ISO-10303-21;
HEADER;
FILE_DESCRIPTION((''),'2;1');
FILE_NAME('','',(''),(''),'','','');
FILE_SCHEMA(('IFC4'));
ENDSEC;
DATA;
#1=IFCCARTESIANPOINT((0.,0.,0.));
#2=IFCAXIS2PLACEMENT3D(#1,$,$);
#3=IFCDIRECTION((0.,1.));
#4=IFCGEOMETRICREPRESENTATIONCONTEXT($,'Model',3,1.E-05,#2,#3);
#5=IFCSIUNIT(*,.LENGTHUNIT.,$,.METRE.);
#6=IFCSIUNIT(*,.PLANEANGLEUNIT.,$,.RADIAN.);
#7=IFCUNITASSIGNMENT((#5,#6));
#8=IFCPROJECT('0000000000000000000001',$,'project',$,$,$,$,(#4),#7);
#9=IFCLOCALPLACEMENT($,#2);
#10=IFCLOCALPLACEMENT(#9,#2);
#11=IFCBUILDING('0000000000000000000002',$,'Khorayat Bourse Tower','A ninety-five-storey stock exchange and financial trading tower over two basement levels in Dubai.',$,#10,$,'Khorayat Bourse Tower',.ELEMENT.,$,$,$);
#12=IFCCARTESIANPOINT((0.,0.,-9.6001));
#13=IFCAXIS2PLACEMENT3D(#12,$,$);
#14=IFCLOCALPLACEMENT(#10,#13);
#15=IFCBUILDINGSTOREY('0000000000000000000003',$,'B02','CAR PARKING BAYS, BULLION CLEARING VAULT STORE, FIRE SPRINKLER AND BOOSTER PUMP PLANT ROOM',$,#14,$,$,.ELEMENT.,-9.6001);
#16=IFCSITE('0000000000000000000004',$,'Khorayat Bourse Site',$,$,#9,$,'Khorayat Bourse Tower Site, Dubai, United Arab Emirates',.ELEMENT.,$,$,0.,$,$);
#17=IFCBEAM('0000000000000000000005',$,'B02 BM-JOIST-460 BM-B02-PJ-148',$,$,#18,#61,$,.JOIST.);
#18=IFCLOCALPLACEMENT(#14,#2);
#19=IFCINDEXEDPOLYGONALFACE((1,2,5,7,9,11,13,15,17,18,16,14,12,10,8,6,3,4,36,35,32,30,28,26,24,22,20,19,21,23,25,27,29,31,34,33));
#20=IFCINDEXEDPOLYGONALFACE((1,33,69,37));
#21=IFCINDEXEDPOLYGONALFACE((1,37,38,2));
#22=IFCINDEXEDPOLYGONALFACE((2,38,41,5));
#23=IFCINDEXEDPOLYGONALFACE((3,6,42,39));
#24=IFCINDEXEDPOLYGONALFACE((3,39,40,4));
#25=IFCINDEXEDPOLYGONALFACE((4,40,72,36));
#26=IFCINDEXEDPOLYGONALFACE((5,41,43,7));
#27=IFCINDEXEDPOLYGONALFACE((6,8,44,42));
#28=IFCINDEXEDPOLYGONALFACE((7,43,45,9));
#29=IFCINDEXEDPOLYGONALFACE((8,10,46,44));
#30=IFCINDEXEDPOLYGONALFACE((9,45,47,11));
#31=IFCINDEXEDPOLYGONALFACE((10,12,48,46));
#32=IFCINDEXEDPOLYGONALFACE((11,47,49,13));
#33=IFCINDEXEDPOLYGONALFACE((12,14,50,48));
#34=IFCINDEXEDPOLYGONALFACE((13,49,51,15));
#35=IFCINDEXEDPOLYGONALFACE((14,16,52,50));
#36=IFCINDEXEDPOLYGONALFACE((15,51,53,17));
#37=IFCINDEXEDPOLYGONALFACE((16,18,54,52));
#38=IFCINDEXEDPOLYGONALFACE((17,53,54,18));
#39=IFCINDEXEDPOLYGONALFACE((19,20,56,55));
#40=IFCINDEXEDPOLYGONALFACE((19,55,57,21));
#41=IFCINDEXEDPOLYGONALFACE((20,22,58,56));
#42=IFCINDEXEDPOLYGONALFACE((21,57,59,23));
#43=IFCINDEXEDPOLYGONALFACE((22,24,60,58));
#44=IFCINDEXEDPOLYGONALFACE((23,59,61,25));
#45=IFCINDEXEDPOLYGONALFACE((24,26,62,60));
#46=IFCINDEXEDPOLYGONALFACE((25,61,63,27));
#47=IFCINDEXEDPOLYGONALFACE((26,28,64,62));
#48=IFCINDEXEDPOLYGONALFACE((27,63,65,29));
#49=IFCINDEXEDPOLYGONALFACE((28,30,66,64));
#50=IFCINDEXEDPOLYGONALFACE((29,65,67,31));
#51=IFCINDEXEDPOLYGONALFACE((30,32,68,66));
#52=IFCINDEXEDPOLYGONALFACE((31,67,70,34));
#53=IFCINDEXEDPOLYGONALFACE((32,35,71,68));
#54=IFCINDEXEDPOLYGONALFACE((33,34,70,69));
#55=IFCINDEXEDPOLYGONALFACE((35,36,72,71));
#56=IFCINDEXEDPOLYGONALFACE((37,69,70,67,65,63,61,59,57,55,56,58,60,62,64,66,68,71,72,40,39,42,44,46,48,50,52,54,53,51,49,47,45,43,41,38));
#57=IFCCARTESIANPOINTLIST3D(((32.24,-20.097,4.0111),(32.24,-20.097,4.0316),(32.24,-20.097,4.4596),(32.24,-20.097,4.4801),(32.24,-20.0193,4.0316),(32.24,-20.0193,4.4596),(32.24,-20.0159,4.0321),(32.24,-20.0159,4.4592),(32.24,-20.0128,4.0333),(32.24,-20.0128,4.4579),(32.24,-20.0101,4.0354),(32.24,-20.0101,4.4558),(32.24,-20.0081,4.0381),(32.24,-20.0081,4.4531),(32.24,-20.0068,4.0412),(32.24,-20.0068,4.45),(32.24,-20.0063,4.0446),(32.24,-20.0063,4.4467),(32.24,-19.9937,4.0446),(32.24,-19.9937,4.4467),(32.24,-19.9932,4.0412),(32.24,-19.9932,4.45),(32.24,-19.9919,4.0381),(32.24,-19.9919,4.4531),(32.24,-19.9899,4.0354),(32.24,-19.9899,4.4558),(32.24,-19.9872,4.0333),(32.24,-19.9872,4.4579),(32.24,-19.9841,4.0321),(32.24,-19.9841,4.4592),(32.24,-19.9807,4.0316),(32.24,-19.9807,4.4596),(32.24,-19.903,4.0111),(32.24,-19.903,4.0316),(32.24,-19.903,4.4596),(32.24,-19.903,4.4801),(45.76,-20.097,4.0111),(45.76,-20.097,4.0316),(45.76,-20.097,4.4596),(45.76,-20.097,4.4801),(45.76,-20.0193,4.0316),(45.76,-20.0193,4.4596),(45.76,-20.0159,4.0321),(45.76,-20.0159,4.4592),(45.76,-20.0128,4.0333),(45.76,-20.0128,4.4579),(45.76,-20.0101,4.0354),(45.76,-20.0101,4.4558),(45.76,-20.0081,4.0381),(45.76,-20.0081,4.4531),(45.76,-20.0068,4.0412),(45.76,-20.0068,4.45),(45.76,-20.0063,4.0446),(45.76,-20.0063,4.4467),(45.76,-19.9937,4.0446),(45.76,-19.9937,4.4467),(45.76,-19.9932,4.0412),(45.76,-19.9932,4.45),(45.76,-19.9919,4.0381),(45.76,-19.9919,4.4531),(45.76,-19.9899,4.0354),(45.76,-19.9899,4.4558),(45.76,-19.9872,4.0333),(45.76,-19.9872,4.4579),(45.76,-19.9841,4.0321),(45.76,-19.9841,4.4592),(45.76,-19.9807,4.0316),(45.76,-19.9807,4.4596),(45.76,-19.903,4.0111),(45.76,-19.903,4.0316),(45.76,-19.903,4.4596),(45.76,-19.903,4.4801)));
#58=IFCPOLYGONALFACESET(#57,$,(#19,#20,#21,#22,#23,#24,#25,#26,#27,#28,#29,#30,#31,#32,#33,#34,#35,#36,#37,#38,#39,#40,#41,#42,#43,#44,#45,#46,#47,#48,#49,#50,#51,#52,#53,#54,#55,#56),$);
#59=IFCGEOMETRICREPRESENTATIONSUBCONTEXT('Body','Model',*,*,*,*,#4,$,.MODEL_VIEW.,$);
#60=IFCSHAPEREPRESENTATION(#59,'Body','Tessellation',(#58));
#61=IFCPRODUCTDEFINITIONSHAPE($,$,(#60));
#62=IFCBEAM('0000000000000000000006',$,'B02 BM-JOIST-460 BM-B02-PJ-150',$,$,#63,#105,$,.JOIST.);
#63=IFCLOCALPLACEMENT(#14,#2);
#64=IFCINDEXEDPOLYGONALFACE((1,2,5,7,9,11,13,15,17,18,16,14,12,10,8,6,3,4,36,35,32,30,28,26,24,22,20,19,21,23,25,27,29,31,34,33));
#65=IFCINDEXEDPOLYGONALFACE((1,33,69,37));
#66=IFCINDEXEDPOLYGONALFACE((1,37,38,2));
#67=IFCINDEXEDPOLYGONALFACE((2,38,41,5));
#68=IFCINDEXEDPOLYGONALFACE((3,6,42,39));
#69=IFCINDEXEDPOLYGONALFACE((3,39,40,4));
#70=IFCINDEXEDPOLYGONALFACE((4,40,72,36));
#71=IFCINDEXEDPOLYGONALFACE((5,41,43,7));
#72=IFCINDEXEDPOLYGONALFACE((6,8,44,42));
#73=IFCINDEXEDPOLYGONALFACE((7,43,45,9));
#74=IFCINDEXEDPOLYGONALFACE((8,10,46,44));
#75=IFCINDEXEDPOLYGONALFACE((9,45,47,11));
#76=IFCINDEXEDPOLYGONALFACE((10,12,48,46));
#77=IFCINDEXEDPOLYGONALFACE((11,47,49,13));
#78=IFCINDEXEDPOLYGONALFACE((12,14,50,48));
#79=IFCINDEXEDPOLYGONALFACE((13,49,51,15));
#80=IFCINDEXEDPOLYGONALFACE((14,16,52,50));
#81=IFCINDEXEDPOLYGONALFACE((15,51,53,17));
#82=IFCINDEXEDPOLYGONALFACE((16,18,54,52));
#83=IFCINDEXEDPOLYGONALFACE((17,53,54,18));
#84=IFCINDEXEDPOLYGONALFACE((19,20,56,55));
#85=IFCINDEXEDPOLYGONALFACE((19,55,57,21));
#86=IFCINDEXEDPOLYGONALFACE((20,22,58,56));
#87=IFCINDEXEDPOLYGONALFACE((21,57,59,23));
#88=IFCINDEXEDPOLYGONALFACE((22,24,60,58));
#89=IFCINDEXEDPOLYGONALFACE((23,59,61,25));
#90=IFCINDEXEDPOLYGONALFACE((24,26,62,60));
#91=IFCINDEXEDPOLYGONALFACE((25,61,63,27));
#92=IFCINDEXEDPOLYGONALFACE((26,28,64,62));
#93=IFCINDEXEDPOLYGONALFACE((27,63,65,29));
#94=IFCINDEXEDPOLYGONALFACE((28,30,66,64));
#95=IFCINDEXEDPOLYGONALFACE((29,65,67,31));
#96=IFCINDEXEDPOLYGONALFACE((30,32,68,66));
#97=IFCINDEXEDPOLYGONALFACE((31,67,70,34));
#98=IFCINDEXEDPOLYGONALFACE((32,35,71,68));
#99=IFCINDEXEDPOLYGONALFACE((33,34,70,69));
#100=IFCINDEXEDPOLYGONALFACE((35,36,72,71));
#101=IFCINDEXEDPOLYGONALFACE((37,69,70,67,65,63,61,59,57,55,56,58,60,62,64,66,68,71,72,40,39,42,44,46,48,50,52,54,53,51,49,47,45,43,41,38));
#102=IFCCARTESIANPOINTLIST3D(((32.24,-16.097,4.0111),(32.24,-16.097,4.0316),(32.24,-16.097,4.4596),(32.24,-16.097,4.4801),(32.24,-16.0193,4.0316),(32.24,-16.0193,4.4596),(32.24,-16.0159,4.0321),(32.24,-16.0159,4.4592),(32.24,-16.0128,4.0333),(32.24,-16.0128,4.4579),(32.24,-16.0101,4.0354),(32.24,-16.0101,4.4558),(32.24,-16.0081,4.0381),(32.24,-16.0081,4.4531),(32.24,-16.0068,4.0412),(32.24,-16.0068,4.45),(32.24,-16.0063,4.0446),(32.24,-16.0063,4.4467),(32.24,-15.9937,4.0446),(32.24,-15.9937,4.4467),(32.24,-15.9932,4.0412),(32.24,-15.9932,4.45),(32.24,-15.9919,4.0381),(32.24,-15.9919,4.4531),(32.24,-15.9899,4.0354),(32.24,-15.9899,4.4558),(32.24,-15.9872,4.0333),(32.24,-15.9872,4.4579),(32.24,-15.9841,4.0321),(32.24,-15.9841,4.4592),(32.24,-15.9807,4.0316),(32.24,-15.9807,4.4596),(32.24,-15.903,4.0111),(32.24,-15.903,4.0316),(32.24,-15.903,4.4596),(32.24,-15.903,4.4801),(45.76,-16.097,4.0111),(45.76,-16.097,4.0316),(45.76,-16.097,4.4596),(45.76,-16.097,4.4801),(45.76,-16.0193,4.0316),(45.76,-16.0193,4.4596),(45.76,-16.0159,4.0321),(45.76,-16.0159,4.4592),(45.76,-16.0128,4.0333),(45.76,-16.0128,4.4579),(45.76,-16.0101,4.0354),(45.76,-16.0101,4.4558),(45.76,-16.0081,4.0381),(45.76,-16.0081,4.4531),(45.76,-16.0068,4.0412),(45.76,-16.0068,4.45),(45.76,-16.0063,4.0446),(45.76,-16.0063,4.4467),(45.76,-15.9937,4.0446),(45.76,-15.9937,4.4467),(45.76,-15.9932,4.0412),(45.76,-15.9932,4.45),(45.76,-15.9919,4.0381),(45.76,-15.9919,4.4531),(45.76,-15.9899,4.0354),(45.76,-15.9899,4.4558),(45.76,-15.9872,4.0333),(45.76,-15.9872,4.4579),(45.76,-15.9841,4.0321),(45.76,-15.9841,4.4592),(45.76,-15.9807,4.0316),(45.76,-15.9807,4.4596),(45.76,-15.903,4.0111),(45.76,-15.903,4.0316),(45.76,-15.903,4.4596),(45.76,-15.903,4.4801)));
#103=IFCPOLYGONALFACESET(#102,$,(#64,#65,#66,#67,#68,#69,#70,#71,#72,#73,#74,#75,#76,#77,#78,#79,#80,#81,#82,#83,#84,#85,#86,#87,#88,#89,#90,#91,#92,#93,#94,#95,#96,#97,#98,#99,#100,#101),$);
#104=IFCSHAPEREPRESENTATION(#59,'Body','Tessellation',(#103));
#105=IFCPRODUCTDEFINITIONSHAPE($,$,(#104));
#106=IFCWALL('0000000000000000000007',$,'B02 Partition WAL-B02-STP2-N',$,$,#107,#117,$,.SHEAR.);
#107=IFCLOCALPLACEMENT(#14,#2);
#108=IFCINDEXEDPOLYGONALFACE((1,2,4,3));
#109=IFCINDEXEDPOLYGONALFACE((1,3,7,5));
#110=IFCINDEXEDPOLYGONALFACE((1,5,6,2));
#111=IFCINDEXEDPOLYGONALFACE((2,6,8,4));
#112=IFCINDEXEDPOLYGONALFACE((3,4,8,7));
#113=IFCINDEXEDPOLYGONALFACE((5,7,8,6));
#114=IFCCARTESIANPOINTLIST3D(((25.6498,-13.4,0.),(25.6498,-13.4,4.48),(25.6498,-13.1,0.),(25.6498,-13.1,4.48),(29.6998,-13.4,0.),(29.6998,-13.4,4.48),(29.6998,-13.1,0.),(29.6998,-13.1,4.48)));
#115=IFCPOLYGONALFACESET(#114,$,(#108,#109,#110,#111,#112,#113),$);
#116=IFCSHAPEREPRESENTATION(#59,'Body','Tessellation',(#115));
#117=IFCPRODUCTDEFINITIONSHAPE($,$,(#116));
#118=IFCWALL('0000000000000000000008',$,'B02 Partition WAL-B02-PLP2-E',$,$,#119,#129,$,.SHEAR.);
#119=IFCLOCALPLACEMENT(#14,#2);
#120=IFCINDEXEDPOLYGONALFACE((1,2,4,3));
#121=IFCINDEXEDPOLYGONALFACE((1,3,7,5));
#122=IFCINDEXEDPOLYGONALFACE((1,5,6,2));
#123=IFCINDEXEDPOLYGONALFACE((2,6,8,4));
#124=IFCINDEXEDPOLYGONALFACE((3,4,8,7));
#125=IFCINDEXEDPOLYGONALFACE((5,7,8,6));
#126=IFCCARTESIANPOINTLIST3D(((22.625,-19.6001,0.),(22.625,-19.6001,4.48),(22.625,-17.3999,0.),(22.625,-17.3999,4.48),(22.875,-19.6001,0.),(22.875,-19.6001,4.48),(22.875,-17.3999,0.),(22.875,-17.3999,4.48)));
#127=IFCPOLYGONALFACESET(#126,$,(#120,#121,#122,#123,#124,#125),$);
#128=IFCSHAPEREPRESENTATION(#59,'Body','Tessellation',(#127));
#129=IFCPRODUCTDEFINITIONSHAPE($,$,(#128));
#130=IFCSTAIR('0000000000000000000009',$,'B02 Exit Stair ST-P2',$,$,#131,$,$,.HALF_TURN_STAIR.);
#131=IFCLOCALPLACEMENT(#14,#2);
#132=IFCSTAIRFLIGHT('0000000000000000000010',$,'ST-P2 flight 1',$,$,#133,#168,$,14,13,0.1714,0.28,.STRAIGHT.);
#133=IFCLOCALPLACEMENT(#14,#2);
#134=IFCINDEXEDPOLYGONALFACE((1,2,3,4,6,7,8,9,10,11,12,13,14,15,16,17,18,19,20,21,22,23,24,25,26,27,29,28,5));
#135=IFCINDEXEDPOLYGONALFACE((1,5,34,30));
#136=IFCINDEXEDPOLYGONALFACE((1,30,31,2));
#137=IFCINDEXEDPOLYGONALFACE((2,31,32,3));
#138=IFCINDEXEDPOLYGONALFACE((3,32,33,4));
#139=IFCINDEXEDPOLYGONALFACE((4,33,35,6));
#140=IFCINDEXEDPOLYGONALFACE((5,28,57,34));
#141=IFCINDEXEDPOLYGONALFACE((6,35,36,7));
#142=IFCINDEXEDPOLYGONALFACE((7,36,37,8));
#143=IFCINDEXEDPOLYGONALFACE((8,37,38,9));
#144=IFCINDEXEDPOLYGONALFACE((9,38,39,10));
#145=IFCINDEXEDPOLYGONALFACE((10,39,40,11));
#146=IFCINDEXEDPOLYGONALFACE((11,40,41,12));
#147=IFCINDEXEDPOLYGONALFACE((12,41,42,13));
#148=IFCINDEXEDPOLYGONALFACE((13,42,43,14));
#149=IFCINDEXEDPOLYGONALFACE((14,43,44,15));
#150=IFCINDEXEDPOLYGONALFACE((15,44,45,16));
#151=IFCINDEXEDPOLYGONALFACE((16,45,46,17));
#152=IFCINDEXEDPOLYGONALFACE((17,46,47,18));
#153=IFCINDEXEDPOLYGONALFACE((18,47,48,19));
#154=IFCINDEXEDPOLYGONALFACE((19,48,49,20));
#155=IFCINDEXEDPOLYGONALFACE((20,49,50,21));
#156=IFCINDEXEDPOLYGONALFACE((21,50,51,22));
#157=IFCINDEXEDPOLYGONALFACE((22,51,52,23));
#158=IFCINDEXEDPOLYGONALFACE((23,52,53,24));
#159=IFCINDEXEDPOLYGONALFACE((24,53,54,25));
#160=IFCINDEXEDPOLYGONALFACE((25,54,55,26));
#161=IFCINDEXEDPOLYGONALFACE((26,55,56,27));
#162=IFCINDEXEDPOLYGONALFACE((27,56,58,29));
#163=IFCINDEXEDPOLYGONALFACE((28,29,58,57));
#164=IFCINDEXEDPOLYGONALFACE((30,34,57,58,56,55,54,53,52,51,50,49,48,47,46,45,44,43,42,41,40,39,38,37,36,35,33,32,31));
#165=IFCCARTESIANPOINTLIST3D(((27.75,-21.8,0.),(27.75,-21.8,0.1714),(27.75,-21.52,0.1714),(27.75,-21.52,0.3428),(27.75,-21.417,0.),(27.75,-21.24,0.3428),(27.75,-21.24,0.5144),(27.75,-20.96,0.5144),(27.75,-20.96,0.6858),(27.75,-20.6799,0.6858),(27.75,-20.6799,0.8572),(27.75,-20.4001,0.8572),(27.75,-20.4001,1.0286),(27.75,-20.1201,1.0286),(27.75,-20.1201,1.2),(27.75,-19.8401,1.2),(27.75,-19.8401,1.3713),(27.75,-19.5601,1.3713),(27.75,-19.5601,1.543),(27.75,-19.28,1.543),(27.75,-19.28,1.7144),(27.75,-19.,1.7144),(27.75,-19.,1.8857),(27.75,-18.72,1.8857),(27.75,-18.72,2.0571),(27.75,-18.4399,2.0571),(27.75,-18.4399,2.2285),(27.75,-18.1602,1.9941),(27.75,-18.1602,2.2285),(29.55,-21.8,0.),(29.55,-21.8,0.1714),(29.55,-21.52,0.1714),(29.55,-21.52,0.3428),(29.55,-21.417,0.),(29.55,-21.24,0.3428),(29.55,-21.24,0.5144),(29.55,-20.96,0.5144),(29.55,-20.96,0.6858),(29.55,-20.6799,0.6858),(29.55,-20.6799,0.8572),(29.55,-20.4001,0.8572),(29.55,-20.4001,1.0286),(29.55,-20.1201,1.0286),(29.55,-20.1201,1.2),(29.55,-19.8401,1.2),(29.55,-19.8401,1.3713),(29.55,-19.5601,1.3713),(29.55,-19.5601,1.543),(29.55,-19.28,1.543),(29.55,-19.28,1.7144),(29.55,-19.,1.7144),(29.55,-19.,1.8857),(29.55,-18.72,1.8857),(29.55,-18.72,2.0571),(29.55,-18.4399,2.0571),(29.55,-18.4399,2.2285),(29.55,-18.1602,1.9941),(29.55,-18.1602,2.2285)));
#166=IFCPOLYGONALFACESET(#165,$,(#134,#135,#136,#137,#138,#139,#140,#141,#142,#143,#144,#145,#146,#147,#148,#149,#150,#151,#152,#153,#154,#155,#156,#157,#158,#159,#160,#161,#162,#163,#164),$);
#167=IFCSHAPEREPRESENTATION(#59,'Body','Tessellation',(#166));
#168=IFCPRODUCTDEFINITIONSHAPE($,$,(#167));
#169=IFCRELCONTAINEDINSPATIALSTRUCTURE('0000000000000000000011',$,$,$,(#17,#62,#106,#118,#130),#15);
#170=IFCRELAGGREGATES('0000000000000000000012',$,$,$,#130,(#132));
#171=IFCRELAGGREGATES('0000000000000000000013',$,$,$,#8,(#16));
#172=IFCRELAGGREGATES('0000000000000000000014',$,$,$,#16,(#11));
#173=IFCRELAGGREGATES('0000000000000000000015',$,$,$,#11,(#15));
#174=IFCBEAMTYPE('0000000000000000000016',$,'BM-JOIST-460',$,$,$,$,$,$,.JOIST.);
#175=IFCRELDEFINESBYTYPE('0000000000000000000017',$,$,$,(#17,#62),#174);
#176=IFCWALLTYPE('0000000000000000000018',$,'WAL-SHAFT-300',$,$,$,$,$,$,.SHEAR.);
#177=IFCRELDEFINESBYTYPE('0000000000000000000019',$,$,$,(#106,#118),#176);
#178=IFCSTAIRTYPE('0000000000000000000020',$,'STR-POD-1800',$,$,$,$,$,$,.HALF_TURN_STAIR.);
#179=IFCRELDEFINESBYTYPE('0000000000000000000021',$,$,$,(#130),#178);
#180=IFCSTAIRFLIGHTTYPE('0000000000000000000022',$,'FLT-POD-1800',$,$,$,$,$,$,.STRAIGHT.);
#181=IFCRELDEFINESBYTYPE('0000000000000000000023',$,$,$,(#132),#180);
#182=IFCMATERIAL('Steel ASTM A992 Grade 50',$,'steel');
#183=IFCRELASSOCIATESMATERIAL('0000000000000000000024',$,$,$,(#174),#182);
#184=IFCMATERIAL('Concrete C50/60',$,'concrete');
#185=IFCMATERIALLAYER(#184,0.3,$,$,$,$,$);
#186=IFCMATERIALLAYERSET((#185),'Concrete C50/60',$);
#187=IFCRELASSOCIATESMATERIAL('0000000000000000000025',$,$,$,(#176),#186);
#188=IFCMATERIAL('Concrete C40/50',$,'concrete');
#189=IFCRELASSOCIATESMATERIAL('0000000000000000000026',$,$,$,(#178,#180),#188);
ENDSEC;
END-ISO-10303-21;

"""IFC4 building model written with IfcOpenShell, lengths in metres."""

from ifc_helpers import new_model, si_unit, direction, frame, frame_2d, origin, origin_2d, place, context, subcontext, project, spatial, polyline, rectangle, i_section, outline, extrude, source, transform, mapped, material, layer, layer_set, material_profile, profile_set, type_object, element, aggregate, save


model = new_model("IFC4")

# Units and contexts
model_context = context("Model", 3, precision=1e-05, world=origin(), true_north=direction((0.0, 1.0)))
body_context = subcontext(model_context, "Body", "Model", "MODEL_VIEW")
ifc_project = project(units=[si_unit("LENGTHUNIT", "METRE"), si_unit("PLANEANGLEUNIT", "RADIAN")], contexts=[model_context])

# Site, building, storey
site_placement = place(None, origin())
site = spatial("IfcSite", under=ifc_project, at=site_placement, Name="Khorayat Bourse Site", LongName="Khorayat Bourse Tower Site, Dubai, United Arab Emirates", CompositionType="ELEMENT", RefElevation=0.0)
building_placement = place(site_placement, origin())
building = spatial("IfcBuilding", under=site, at=building_placement, Name="Khorayat Bourse Tower", Description="A ninety-five-storey stock exchange and financial trading tower over two basement levels in Dubai.", LongName="Khorayat Bourse Tower", CompositionType="ELEMENT")
storey_placement = place(building_placement, frame((0.0, 0.0, -9.6001)))
storey = spatial("IfcBuildingStorey", under=building, at=storey_placement, Name="B02", Description="CAR PARKING BAYS, BULLION CLEARING VAULT STORE, FIRE SPRINKLER AND BOOSTER PUMP PLANT ROOM", CompositionType="ELEMENT", Elevation=-9.6001)

# Shared definitions
ifc_material_1 = material(Name="Concrete C50/60", Category="concrete")

# Beams
ifc_material_2 = material(Name="Steel ASTM A992 Grade 50", Category="steel")
ifc_material_profile_1 = material_profile(ifc_material_2, i_section(OverallWidth=0.1941, OverallDepth=0.469, WebThickness=0.0127, FlangeThickness=0.0205, FilletRadius=0.0129, at=origin_2d()), Name="W460X106")
ifc_profile_set_1 = profile_set([ifc_material_profile_1], Name="Steel ASTM A992 Grade 50")
beam_type_1 = type_object("IfcBeamType", Name="BM-JOIST-460", PredefinedType="JOIST", material=ifc_profile_set_1)
shared_shape_1 = source(origin(), body_context, "Body", "SweptSolid", [
    extrude(i_section(OverallWidth=0.1941, OverallDepth=0.469, WebThickness=0.0127, FlangeThickness=0.0205, FilletRadius=0.0129, at=origin_2d()), origin(), (0.0, 0.0, 1.0), 13.52),
])
for number, where, z_axis, x_axis, name in (
    (1, (32.24, -20.0, 4.2456), (1.0, 0.0, 0.0), (0.0, 1.0, 0.0), "B02 BM-JOIST-460 BM-B02-PJ-148"),
    (2, (32.24, -16.0, 4.2456), (1.0, 0.0, 0.0), (0.0, 1.0, 0.0), "B02 BM-JOIST-460 BM-B02-PJ-150"),
):
    element("IfcBeam", number, at=place(storey_placement, frame(where, z_axis=z_axis, x_axis=x_axis)), inside=storey, type_object=beam_type_1, Name=name, PredefinedType="JOIST", context=body_context, shape_type="MappedRepresentation", body=[
        mapped(shared_shape_1, transform((0.0, 0.0, 0.0), scale=1.0)),
    ])

# Walls
ifc_layer = layer(ifc_material_1, 0.3)
ifc_layer_set = layer_set([ifc_layer], Name="Concrete C50/60")
wall_type = type_object("IfcWallType", Name="WAL-SHAFT-300", PredefinedType="SHEAR", material=ifc_layer_set)
shared_shape_2 = source(origin(), body_context, "Body", "SweptSolid", [
    extrude(rectangle(XDim=4.05, YDim=0.3, at=frame_2d((2.0249, 0.0))), origin(), (0.0, 0.0, 1.0), 4.48),
])
wall_1_placement = place(storey_placement, frame((25.6499, -13.25, 0.0), z_axis=(0.0, 0.0, 1.0), x_axis=(1.0, 0.0, 0.0)))
element("IfcWall", 3, at=wall_1_placement, inside=storey, type_object=wall_type, Name="B02 Partition WAL-B02-STP2-N", PredefinedType="SHEAR", context=body_context, shape_type="MappedRepresentation", body=[
    mapped(shared_shape_2, transform((0.0, 0.0, 0.0), scale=1.0)),
])
shared_shape_3 = source(origin(), body_context, "Body", "SweptSolid", [
    extrude(rectangle(XDim=2.2002, YDim=0.25, at=frame_2d((1.1001, 0.0))), origin(), (0.0, 0.0, 1.0), 4.48),
])
wall_2_placement = place(storey_placement, frame((22.75, -19.6001, 0.0), z_axis=(0.0, 0.0, 1.0), x_axis=(0.0, 1.0, 0.0)))
element("IfcWall", 4, at=wall_2_placement, inside=storey, type_object=wall_type, Name="B02 Partition WAL-B02-PLP2-E", PredefinedType="SHEAR", context=body_context, shape_type="MappedRepresentation", body=[
    mapped(shared_shape_3, transform((0.0, 0.0, 0.0), scale=1.0)),
])

# Stair, stair flight
ifc_material_3 = material(Name="Concrete C40/50", Category="concrete")
stair_type = type_object("IfcStairType", Name="STR-POD-1800", PredefinedType="HALF_TURN_STAIR", material=ifc_material_3)
stair_placement = place(storey_placement, origin())
stair = element("IfcStair", 5, at=stair_placement, inside=storey, type_object=stair_type, Name="B02 Exit Stair ST-P2", PredefinedType="HALF_TURN_STAIR")
stair_flight_type = type_object("IfcStairFlightType", Name="FLT-POD-1800", PredefinedType="STRAIGHT", material=ifc_material_3)
shared_shape_4 = source(origin(), body_context, "Body", "SweptSolid", [
    extrude(outline(polyline([(0.0, 0.0), (0.0, 0.1714), (0.28, 0.1714), (0.28, 0.3428), (0.5601, 0.3428), (0.5601, 0.5144), (0.8401, 0.5144), (0.8401, 0.6858), (1.1201, 0.6858), (1.1201, 0.8572), (1.3999, 0.8572), (1.3999, 1.0286), (1.6799, 1.0286), (1.6799, 1.2), (1.96, 1.2), (1.96, 1.3713), (2.24, 1.3713), (2.24, 1.543), (2.52, 1.543), (2.52, 1.7144), (2.8, 1.7144), (2.8, 1.8857), (3.0801, 1.8857), (3.0801, 2.0571), (3.3601, 2.0571), (3.3601, 2.2285), (3.6399, 2.2285), (3.6399, 2.3999), (3.6399, 1.9941), (0.3831, 0.0), (0.0, 0.0)])), frame((0.0, 0.8999, 0.0), z_axis=(0.0, -1.0, 0.0), x_axis=(1.0, 0.0, 0.0)), (0.0, 0.0, 1.0), 1.8),
])
stair_flight_1_placement = place(storey_placement, frame((28.6499, -21.8, 0.0), z_axis=(0.0, 0.0, 1.0), x_axis=(0.0, 1.0, 0.0)))
stair_flight_1 = element("IfcStairFlight", 6, at=stair_flight_1_placement, type_object=stair_flight_type, Name="ST-P2 flight 1", NumberOfRisers=14, NumberOfTreads=13, PredefinedType="STRAIGHT", RiserHeight=0.1714, TreadLength=0.28, context=body_context, shape_type="MappedRepresentation", body=[
    mapped(shared_shape_4, transform((0.0, 0.0, 0.0), scale=1.0)),
])
aggregate(stair, [stair_flight_1])

save(model, "model.ifc")
